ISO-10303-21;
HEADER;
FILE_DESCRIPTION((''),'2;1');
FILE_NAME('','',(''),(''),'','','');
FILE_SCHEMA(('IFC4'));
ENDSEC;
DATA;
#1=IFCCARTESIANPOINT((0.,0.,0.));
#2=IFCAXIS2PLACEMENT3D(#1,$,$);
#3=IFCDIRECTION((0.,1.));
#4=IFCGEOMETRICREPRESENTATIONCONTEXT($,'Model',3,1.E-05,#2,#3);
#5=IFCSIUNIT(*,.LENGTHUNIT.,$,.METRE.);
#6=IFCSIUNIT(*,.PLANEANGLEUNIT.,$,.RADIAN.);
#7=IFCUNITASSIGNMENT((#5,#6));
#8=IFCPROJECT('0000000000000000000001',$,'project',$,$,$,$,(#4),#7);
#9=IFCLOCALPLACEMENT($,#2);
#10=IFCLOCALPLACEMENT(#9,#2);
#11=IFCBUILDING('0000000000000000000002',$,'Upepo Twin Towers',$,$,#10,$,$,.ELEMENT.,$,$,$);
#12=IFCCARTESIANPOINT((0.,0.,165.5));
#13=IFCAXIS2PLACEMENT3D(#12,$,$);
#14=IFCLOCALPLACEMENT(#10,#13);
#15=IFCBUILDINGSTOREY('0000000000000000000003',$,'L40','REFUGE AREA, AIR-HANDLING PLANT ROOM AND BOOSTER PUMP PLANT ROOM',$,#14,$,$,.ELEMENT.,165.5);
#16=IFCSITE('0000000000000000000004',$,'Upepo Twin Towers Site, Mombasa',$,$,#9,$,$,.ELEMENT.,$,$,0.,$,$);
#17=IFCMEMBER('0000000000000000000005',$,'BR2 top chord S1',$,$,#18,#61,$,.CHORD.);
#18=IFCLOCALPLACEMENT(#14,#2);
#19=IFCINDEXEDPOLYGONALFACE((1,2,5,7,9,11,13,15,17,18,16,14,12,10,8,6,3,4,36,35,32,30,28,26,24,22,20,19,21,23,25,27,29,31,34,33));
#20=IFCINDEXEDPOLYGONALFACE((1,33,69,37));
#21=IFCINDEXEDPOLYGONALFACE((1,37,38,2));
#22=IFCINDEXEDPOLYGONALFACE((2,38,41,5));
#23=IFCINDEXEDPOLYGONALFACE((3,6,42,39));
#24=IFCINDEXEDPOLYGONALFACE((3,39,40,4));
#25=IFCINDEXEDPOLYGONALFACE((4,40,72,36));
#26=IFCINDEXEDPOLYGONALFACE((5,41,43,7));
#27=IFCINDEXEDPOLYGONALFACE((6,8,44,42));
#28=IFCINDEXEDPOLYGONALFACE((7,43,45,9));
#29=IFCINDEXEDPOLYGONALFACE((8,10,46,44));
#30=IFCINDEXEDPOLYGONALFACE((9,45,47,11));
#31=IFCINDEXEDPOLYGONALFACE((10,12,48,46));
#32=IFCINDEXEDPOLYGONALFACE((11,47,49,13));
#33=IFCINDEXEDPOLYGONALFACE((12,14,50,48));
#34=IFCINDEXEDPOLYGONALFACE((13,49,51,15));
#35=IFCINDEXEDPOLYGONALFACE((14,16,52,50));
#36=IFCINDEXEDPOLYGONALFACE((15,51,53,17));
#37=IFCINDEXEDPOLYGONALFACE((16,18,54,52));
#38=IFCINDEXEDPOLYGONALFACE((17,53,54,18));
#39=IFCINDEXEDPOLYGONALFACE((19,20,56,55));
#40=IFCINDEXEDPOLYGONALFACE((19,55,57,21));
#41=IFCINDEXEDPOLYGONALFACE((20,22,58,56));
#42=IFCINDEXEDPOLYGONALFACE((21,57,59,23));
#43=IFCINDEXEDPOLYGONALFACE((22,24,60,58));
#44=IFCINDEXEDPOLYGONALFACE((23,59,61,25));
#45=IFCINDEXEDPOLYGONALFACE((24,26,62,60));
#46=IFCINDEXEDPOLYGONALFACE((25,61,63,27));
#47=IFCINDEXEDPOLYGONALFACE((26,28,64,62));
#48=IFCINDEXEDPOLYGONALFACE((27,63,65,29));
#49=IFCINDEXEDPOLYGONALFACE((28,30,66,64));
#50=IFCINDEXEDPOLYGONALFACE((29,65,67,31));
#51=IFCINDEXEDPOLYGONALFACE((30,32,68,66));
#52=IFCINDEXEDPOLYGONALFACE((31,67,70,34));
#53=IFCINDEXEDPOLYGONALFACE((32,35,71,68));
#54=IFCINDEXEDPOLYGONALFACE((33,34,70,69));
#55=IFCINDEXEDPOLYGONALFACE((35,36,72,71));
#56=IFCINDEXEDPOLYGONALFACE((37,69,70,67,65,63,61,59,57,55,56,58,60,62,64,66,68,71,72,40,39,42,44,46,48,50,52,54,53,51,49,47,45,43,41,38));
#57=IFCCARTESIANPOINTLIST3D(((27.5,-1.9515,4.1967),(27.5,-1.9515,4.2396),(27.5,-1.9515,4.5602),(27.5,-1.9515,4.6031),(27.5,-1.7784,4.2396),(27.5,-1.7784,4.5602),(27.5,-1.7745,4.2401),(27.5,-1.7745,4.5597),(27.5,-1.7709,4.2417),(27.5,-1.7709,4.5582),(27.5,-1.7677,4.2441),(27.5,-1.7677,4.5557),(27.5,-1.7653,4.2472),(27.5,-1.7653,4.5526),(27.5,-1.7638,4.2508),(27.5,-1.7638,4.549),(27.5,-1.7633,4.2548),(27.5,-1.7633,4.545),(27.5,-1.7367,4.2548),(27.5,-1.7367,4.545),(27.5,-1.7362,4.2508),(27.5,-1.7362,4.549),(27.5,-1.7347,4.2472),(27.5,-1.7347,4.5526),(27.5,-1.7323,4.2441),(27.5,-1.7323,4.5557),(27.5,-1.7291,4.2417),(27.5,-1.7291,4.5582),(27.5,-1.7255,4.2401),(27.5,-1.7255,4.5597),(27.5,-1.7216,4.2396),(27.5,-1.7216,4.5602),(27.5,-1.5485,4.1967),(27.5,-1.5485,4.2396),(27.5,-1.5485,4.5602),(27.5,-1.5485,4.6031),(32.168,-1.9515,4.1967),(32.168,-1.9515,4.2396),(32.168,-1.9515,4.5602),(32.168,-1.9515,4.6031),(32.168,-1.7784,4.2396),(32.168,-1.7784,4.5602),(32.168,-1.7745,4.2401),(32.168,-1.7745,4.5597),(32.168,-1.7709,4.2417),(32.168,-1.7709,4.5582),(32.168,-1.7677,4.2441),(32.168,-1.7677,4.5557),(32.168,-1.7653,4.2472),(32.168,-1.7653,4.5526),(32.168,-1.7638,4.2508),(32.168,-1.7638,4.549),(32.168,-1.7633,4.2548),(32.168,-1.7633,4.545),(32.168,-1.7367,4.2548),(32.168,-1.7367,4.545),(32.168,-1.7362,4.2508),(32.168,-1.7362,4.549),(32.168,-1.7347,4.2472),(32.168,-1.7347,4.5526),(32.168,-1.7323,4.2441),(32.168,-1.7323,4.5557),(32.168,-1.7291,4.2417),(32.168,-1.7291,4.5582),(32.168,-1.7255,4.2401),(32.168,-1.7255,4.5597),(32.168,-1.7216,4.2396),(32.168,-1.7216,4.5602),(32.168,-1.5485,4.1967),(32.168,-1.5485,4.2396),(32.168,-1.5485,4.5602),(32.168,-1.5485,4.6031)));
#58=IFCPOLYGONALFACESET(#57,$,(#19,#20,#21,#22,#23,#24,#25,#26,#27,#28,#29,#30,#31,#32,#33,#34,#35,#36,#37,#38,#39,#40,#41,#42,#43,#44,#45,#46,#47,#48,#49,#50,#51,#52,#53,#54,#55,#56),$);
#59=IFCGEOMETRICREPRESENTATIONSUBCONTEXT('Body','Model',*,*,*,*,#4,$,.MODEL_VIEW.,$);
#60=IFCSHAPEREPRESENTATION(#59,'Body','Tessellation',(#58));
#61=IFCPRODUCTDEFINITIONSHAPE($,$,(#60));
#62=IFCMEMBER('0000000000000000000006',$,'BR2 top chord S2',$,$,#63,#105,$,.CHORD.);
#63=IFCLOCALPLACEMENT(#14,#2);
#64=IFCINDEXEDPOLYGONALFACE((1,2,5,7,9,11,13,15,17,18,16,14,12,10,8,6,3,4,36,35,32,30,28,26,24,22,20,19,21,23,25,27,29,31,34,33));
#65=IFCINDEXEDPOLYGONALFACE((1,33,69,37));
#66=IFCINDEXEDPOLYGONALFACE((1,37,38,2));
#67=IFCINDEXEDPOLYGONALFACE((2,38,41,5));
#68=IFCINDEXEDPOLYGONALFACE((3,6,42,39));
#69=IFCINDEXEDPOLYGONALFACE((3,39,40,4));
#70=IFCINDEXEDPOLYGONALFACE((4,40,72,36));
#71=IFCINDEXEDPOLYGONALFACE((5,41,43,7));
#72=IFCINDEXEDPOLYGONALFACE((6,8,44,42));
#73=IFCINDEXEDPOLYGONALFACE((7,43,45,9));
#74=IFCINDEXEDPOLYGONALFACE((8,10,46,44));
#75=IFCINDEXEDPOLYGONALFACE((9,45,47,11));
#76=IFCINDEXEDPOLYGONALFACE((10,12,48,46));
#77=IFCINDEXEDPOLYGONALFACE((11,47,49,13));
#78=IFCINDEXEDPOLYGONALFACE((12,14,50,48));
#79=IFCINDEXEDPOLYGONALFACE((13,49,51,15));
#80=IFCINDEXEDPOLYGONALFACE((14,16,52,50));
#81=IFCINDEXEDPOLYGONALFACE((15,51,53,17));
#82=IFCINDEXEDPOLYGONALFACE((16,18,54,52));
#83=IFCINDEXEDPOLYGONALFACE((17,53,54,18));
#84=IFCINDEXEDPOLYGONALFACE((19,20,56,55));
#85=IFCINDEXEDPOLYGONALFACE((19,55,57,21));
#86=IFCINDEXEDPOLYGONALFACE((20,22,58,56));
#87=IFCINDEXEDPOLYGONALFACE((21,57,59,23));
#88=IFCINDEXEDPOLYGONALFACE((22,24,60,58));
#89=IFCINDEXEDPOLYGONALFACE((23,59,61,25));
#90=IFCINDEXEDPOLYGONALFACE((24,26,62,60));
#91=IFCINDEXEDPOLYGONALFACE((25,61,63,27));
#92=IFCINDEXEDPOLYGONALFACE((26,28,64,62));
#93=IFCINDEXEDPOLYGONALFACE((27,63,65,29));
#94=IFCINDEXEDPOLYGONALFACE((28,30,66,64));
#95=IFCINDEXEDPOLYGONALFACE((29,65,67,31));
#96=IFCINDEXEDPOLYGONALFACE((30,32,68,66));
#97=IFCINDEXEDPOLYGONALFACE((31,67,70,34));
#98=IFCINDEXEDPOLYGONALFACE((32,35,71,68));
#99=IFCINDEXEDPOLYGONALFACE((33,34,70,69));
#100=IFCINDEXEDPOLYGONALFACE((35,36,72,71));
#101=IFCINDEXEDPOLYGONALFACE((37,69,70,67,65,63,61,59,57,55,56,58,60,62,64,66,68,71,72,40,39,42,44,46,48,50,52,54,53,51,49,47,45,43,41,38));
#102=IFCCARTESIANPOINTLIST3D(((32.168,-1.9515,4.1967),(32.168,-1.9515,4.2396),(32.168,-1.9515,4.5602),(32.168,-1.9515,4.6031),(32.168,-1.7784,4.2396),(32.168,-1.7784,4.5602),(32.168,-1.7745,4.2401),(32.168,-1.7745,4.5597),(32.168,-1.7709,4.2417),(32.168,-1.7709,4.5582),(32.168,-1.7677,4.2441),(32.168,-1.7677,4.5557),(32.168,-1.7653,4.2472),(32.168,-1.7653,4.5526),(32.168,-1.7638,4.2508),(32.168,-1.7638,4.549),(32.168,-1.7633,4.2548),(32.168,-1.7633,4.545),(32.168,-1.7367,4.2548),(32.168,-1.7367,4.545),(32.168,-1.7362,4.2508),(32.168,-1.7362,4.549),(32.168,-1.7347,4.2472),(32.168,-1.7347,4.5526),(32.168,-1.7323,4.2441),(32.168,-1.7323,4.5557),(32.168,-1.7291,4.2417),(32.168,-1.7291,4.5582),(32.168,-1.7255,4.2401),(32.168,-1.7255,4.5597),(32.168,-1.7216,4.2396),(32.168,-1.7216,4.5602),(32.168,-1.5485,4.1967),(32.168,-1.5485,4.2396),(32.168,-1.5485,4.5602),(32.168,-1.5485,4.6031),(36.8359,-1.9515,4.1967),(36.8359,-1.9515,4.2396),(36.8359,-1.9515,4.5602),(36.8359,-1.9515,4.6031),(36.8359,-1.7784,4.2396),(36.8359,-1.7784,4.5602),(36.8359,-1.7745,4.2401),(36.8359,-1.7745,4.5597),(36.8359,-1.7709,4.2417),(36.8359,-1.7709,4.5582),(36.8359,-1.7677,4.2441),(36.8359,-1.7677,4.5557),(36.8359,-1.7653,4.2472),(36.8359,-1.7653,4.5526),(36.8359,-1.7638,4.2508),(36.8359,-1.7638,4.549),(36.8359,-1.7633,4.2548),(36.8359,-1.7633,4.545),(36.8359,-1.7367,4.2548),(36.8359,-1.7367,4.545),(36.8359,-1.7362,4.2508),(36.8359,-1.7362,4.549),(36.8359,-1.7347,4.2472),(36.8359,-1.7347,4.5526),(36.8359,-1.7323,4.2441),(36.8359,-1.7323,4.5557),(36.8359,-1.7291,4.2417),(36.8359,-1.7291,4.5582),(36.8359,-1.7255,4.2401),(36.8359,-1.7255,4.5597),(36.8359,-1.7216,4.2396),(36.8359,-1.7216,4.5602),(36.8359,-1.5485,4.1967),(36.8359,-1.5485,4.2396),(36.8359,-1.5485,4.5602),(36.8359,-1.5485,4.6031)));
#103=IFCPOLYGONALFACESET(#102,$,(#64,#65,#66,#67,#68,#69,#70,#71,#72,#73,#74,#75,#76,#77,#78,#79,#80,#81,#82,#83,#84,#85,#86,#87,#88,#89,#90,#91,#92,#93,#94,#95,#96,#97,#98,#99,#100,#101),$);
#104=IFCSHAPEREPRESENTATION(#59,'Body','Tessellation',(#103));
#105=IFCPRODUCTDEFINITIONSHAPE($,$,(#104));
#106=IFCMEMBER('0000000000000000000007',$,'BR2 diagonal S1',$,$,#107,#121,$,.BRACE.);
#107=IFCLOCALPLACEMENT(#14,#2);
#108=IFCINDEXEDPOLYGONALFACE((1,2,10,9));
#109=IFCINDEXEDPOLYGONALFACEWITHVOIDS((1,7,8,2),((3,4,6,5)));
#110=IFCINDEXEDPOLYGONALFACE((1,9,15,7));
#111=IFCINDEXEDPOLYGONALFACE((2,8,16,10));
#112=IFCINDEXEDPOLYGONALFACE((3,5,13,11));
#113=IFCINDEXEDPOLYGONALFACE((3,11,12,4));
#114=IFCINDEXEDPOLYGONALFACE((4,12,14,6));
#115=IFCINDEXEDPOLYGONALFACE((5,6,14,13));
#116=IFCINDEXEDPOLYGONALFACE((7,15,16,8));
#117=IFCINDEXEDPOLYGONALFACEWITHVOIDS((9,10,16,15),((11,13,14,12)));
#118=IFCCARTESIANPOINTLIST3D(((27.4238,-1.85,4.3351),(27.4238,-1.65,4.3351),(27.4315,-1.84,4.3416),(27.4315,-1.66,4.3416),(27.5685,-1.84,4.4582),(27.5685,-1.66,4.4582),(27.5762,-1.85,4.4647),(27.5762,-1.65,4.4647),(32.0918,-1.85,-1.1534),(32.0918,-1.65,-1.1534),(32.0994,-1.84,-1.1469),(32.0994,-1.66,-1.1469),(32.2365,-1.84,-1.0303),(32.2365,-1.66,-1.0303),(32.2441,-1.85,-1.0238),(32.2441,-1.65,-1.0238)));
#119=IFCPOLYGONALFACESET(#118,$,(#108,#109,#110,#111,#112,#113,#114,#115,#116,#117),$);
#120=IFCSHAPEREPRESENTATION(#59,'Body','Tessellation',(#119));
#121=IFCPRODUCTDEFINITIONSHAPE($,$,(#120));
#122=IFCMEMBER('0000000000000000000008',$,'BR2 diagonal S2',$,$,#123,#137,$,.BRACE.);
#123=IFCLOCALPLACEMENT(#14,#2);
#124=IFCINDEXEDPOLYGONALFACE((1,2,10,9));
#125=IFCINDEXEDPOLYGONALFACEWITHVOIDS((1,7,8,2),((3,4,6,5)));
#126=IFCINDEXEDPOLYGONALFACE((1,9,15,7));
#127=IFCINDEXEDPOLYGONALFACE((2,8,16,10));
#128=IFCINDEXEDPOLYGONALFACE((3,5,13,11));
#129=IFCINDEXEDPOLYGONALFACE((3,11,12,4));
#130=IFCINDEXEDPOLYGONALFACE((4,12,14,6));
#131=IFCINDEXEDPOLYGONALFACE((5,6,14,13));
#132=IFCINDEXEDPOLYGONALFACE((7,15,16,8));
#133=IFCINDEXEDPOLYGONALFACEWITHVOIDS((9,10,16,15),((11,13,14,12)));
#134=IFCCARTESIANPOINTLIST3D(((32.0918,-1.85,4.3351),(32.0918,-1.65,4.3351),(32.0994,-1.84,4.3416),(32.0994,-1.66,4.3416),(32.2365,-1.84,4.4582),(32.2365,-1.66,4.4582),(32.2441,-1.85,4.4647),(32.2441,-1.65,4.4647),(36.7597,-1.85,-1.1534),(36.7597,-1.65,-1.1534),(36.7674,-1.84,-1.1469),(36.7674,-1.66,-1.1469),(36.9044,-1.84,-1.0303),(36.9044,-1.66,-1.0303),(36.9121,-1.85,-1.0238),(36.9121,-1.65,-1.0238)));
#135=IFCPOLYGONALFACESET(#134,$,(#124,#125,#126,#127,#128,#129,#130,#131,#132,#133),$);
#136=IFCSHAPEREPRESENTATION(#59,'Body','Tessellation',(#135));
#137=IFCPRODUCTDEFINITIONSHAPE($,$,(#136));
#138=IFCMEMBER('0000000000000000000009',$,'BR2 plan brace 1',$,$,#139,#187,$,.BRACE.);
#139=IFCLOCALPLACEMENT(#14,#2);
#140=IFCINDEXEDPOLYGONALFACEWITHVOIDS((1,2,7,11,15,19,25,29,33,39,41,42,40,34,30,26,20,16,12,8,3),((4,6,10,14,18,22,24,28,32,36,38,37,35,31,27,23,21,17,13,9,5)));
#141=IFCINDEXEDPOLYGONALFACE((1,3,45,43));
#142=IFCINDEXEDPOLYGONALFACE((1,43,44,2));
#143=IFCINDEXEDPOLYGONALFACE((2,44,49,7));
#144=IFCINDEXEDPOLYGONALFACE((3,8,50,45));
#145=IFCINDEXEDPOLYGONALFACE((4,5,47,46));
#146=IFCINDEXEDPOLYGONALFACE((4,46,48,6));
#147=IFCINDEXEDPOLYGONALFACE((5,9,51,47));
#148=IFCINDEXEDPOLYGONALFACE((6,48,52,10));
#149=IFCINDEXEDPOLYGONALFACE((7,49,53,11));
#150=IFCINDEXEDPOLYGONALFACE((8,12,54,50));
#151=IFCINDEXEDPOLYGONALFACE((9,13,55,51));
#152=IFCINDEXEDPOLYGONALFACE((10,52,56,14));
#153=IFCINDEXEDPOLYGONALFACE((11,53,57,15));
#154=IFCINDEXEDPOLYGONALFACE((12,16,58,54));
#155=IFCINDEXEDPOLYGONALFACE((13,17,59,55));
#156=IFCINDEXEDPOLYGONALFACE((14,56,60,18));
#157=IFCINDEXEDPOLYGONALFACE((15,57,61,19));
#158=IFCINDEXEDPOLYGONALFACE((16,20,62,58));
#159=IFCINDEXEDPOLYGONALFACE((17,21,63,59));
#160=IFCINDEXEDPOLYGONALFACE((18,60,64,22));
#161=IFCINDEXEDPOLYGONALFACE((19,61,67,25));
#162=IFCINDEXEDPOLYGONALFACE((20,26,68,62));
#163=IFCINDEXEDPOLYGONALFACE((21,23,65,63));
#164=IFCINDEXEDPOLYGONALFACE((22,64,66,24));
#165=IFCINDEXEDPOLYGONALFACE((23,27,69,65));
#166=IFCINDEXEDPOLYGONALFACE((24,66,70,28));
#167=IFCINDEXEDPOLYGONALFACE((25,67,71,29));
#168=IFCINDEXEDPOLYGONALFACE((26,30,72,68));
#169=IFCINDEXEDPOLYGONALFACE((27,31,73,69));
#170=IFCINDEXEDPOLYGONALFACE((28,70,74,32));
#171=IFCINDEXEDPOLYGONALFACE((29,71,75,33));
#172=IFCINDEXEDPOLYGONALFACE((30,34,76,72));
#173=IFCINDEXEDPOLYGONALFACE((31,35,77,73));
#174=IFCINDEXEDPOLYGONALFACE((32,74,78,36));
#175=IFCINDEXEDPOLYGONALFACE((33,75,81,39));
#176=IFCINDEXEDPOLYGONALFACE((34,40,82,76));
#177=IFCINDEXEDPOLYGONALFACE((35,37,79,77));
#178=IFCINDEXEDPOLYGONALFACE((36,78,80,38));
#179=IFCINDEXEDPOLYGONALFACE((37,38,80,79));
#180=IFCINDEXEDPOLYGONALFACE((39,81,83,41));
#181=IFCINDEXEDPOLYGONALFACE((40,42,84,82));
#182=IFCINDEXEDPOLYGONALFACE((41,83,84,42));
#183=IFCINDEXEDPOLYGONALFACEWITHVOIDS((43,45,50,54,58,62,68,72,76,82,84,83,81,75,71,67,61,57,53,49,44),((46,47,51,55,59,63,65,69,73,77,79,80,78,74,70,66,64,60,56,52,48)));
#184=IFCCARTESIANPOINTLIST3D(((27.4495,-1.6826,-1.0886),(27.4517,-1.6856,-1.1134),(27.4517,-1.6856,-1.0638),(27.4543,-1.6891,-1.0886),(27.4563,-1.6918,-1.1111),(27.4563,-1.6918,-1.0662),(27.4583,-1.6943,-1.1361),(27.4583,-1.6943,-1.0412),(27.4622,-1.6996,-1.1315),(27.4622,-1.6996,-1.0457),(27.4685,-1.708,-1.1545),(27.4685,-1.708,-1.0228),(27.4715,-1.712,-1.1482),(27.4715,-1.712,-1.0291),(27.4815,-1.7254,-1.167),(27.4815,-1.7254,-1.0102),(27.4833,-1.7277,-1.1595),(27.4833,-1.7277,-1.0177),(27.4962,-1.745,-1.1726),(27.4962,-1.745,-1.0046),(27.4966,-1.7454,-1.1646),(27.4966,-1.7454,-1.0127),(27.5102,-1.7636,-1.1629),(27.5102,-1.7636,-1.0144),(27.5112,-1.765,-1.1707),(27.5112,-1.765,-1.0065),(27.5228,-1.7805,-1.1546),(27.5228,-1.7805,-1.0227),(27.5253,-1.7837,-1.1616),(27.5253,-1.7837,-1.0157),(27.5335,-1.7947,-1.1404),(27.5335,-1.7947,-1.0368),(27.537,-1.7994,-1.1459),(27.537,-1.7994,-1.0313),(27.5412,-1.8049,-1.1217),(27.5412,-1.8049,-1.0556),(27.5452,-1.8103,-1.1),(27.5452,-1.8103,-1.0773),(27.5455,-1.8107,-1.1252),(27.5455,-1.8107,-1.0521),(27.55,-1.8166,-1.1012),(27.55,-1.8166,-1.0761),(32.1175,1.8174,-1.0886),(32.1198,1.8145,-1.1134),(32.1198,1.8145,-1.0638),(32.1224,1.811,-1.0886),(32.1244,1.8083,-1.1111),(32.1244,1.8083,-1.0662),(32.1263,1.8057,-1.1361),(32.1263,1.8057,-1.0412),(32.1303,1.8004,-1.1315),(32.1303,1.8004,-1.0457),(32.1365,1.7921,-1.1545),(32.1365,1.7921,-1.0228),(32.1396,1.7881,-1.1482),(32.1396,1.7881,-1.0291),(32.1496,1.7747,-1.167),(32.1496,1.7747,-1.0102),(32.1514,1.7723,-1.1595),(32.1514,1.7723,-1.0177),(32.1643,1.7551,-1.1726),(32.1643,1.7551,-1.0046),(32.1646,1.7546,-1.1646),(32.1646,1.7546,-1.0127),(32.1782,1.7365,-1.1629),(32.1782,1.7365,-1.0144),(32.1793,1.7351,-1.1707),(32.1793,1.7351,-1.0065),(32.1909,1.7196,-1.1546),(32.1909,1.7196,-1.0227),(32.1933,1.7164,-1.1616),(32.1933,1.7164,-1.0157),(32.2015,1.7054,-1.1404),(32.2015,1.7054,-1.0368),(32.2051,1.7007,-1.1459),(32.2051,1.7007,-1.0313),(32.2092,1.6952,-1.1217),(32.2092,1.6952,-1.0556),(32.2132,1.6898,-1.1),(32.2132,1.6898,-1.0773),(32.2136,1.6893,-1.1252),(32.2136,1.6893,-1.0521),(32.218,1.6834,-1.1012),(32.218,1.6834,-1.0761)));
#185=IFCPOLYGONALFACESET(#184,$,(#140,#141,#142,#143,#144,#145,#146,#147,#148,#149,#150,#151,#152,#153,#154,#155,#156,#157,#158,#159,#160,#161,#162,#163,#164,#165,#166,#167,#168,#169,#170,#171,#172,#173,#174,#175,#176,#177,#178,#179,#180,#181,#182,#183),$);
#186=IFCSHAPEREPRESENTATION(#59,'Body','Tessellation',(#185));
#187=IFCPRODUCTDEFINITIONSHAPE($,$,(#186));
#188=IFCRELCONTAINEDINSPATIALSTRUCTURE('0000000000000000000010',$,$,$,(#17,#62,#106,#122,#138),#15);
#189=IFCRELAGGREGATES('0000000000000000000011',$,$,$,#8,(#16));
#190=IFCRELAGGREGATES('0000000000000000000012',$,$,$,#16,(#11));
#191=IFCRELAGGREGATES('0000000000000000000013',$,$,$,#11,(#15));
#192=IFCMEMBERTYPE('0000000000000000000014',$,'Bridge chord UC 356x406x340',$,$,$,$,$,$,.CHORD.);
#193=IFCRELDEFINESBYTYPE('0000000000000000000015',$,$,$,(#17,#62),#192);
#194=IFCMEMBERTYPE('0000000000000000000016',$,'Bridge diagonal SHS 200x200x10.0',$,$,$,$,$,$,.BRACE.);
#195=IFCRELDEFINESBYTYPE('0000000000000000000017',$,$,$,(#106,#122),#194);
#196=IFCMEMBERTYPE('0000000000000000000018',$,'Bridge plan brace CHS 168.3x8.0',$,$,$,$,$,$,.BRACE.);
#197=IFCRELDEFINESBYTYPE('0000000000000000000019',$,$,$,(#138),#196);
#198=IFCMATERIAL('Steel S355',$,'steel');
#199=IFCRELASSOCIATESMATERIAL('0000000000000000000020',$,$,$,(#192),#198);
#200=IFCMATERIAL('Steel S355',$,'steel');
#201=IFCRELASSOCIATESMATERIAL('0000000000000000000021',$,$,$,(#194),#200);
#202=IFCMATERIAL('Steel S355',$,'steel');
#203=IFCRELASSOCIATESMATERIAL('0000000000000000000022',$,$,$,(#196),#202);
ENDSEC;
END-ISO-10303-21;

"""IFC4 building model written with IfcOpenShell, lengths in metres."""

from ifc_helpers import new_model, si_unit, direction, frame, origin, origin_2d, place, context, subcontext, project, spatial, hollow_rectangle, hollow_circle, i_section, extrude, material, material_profile, profile_set, type_object, element, save


model = new_model("IFC4")

# Units and contexts
model_context = context("Model", 3, precision=1e-05, world=origin(), true_north=direction((0.0, 1.0)))
body_context = subcontext(model_context, "Body", "Model", "MODEL_VIEW")
ifc_project = project(units=[si_unit("LENGTHUNIT", "METRE"), si_unit("PLANEANGLEUNIT", "RADIAN")], contexts=[model_context])

# Site, building, storey
site_placement = place(None, origin())
site = spatial("IfcSite", under=ifc_project, at=site_placement, Name="Upepo Twin Towers Site, Mombasa", CompositionType="ELEMENT", RefElevation=0.0)
building_placement = place(site_placement, origin())
building = spatial("IfcBuilding", under=site, at=building_placement, Name="Upepo Twin Towers", CompositionType="ELEMENT")
storey_placement = place(building_placement, frame((0.0, 0.0, 165.5)))
storey = spatial("IfcBuildingStorey", under=building, at=storey_placement, Name="L40", Description="REFUGE AREA, AIR-HANDLING PLANT ROOM AND BOOSTER PUMP PLANT ROOM", CompositionType="ELEMENT", Elevation=165.5)

# Members
ifc_material_1 = material(Name="Steel S355", Category="steel")
ifc_material_profile_1 = material_profile(ifc_material_1, i_section(OverallWidth=0.4031, OverallDepth=0.4065, WebThickness=0.0266, FlangeThickness=0.043, FilletRadius=0.0151, at=origin_2d()), Name="UC 356x406x340")
ifc_profile_set_1 = profile_set([ifc_material_profile_1], Name="Steel S355")
member_type_1 = type_object("IfcMemberType", Name="Bridge chord UC 356x406x340", PredefinedType="CHORD", material=ifc_profile_set_1)
for number, where, z_axis, x_axis, name in (
    (1, (27.5, -1.75, 4.3999), (1.0, 0.0, 0.0), (0.0, 1.0, 0.0), "BR2 top chord S1"),
    (2, (32.168, -1.75, 4.3999), (1.0, 0.0, 0.0), (0.0, 1.0, 0.0), "BR2 top chord S2"),
):
    element("IfcMember", number, at=place(storey_placement, frame(where, z_axis=z_axis, x_axis=x_axis)), inside=storey, type_object=member_type_1, Name=name, PredefinedType="CHORD", context=body_context, shape_type="SweptSolid", body=[
        extrude(i_section(OverallWidth=0.4031, OverallDepth=0.4065, WebThickness=0.0266, FlangeThickness=0.043, FilletRadius=0.0151, at=origin_2d()), origin(), (0.0, 0.0, 1.0), 4.668),
    ])
ifc_material_2 = material(Name="Steel S355", Category="steel")
ifc_material_profile_2 = material_profile(ifc_material_2, hollow_rectangle(XDim=0.2, YDim=0.2, WallThickness=0.01, at=origin_2d()), Name="SHS 200x200x10.0")
ifc_profile_set_2 = profile_set([ifc_material_profile_2], Name="Steel S355")
member_type_2 = type_object("IfcMemberType", Name="Bridge diagonal SHS 200x200x10.0", PredefinedType="BRACE", material=ifc_profile_set_2)
for number, where, z_axis, x_axis, name in (
    (3, (27.5, -1.75, 4.3999), (0.647868, 0.0, -0.761753), (0.0, 1.0, 0.0), "BR2 diagonal S1"),
    (4, (32.168, -1.75, 4.3999), (0.647868, 0.0, -0.761753), (0.0, 1.0, 0.0), "BR2 diagonal S2"),
):
    element("IfcMember", number, at=place(storey_placement, frame(where, z_axis=z_axis, x_axis=x_axis)), inside=storey, type_object=member_type_2, Name=name, PredefinedType="BRACE", context=body_context, shape_type="SweptSolid", body=[
        extrude(hollow_rectangle(XDim=0.2, YDim=0.2, WallThickness=0.01, at=origin_2d()), origin(), (0.0, 0.0, 1.0), 7.2051),
    ])
ifc_material_3 = material(Name="Steel S355", Category="steel")
ifc_material_profile_3 = material_profile(ifc_material_3, hollow_circle(Radius=0.0842, WallThickness=0.0081, at=origin_2d()), Name="CHS 168.3x8.0")
ifc_profile_set_3 = profile_set([ifc_material_profile_3], Name="Steel S355")
member_type_3 = type_object("IfcMemberType", Name="Bridge plan brace CHS 168.3x8.0", PredefinedType="BRACE", material=ifc_profile_set_3)
member_1_placement = place(storey_placement, frame((27.5, -1.75, -1.0886), z_axis=(0.80008, 0.599893, 0.0), x_axis=(-0.599893, 0.80008, 0.0)))
element("IfcMember", 5, at=member_1_placement, inside=storey, type_object=member_type_3, Name="BR2 plan brace 1", PredefinedType="BRACE", context=body_context, shape_type="SweptSolid", body=[
    extrude(hollow_circle(Radius=0.0842, WallThickness=0.0081, at=origin_2d()), origin(), (0.0, 0.0, 1.0), 5.8345),
])

save(model, "model.ifc")
